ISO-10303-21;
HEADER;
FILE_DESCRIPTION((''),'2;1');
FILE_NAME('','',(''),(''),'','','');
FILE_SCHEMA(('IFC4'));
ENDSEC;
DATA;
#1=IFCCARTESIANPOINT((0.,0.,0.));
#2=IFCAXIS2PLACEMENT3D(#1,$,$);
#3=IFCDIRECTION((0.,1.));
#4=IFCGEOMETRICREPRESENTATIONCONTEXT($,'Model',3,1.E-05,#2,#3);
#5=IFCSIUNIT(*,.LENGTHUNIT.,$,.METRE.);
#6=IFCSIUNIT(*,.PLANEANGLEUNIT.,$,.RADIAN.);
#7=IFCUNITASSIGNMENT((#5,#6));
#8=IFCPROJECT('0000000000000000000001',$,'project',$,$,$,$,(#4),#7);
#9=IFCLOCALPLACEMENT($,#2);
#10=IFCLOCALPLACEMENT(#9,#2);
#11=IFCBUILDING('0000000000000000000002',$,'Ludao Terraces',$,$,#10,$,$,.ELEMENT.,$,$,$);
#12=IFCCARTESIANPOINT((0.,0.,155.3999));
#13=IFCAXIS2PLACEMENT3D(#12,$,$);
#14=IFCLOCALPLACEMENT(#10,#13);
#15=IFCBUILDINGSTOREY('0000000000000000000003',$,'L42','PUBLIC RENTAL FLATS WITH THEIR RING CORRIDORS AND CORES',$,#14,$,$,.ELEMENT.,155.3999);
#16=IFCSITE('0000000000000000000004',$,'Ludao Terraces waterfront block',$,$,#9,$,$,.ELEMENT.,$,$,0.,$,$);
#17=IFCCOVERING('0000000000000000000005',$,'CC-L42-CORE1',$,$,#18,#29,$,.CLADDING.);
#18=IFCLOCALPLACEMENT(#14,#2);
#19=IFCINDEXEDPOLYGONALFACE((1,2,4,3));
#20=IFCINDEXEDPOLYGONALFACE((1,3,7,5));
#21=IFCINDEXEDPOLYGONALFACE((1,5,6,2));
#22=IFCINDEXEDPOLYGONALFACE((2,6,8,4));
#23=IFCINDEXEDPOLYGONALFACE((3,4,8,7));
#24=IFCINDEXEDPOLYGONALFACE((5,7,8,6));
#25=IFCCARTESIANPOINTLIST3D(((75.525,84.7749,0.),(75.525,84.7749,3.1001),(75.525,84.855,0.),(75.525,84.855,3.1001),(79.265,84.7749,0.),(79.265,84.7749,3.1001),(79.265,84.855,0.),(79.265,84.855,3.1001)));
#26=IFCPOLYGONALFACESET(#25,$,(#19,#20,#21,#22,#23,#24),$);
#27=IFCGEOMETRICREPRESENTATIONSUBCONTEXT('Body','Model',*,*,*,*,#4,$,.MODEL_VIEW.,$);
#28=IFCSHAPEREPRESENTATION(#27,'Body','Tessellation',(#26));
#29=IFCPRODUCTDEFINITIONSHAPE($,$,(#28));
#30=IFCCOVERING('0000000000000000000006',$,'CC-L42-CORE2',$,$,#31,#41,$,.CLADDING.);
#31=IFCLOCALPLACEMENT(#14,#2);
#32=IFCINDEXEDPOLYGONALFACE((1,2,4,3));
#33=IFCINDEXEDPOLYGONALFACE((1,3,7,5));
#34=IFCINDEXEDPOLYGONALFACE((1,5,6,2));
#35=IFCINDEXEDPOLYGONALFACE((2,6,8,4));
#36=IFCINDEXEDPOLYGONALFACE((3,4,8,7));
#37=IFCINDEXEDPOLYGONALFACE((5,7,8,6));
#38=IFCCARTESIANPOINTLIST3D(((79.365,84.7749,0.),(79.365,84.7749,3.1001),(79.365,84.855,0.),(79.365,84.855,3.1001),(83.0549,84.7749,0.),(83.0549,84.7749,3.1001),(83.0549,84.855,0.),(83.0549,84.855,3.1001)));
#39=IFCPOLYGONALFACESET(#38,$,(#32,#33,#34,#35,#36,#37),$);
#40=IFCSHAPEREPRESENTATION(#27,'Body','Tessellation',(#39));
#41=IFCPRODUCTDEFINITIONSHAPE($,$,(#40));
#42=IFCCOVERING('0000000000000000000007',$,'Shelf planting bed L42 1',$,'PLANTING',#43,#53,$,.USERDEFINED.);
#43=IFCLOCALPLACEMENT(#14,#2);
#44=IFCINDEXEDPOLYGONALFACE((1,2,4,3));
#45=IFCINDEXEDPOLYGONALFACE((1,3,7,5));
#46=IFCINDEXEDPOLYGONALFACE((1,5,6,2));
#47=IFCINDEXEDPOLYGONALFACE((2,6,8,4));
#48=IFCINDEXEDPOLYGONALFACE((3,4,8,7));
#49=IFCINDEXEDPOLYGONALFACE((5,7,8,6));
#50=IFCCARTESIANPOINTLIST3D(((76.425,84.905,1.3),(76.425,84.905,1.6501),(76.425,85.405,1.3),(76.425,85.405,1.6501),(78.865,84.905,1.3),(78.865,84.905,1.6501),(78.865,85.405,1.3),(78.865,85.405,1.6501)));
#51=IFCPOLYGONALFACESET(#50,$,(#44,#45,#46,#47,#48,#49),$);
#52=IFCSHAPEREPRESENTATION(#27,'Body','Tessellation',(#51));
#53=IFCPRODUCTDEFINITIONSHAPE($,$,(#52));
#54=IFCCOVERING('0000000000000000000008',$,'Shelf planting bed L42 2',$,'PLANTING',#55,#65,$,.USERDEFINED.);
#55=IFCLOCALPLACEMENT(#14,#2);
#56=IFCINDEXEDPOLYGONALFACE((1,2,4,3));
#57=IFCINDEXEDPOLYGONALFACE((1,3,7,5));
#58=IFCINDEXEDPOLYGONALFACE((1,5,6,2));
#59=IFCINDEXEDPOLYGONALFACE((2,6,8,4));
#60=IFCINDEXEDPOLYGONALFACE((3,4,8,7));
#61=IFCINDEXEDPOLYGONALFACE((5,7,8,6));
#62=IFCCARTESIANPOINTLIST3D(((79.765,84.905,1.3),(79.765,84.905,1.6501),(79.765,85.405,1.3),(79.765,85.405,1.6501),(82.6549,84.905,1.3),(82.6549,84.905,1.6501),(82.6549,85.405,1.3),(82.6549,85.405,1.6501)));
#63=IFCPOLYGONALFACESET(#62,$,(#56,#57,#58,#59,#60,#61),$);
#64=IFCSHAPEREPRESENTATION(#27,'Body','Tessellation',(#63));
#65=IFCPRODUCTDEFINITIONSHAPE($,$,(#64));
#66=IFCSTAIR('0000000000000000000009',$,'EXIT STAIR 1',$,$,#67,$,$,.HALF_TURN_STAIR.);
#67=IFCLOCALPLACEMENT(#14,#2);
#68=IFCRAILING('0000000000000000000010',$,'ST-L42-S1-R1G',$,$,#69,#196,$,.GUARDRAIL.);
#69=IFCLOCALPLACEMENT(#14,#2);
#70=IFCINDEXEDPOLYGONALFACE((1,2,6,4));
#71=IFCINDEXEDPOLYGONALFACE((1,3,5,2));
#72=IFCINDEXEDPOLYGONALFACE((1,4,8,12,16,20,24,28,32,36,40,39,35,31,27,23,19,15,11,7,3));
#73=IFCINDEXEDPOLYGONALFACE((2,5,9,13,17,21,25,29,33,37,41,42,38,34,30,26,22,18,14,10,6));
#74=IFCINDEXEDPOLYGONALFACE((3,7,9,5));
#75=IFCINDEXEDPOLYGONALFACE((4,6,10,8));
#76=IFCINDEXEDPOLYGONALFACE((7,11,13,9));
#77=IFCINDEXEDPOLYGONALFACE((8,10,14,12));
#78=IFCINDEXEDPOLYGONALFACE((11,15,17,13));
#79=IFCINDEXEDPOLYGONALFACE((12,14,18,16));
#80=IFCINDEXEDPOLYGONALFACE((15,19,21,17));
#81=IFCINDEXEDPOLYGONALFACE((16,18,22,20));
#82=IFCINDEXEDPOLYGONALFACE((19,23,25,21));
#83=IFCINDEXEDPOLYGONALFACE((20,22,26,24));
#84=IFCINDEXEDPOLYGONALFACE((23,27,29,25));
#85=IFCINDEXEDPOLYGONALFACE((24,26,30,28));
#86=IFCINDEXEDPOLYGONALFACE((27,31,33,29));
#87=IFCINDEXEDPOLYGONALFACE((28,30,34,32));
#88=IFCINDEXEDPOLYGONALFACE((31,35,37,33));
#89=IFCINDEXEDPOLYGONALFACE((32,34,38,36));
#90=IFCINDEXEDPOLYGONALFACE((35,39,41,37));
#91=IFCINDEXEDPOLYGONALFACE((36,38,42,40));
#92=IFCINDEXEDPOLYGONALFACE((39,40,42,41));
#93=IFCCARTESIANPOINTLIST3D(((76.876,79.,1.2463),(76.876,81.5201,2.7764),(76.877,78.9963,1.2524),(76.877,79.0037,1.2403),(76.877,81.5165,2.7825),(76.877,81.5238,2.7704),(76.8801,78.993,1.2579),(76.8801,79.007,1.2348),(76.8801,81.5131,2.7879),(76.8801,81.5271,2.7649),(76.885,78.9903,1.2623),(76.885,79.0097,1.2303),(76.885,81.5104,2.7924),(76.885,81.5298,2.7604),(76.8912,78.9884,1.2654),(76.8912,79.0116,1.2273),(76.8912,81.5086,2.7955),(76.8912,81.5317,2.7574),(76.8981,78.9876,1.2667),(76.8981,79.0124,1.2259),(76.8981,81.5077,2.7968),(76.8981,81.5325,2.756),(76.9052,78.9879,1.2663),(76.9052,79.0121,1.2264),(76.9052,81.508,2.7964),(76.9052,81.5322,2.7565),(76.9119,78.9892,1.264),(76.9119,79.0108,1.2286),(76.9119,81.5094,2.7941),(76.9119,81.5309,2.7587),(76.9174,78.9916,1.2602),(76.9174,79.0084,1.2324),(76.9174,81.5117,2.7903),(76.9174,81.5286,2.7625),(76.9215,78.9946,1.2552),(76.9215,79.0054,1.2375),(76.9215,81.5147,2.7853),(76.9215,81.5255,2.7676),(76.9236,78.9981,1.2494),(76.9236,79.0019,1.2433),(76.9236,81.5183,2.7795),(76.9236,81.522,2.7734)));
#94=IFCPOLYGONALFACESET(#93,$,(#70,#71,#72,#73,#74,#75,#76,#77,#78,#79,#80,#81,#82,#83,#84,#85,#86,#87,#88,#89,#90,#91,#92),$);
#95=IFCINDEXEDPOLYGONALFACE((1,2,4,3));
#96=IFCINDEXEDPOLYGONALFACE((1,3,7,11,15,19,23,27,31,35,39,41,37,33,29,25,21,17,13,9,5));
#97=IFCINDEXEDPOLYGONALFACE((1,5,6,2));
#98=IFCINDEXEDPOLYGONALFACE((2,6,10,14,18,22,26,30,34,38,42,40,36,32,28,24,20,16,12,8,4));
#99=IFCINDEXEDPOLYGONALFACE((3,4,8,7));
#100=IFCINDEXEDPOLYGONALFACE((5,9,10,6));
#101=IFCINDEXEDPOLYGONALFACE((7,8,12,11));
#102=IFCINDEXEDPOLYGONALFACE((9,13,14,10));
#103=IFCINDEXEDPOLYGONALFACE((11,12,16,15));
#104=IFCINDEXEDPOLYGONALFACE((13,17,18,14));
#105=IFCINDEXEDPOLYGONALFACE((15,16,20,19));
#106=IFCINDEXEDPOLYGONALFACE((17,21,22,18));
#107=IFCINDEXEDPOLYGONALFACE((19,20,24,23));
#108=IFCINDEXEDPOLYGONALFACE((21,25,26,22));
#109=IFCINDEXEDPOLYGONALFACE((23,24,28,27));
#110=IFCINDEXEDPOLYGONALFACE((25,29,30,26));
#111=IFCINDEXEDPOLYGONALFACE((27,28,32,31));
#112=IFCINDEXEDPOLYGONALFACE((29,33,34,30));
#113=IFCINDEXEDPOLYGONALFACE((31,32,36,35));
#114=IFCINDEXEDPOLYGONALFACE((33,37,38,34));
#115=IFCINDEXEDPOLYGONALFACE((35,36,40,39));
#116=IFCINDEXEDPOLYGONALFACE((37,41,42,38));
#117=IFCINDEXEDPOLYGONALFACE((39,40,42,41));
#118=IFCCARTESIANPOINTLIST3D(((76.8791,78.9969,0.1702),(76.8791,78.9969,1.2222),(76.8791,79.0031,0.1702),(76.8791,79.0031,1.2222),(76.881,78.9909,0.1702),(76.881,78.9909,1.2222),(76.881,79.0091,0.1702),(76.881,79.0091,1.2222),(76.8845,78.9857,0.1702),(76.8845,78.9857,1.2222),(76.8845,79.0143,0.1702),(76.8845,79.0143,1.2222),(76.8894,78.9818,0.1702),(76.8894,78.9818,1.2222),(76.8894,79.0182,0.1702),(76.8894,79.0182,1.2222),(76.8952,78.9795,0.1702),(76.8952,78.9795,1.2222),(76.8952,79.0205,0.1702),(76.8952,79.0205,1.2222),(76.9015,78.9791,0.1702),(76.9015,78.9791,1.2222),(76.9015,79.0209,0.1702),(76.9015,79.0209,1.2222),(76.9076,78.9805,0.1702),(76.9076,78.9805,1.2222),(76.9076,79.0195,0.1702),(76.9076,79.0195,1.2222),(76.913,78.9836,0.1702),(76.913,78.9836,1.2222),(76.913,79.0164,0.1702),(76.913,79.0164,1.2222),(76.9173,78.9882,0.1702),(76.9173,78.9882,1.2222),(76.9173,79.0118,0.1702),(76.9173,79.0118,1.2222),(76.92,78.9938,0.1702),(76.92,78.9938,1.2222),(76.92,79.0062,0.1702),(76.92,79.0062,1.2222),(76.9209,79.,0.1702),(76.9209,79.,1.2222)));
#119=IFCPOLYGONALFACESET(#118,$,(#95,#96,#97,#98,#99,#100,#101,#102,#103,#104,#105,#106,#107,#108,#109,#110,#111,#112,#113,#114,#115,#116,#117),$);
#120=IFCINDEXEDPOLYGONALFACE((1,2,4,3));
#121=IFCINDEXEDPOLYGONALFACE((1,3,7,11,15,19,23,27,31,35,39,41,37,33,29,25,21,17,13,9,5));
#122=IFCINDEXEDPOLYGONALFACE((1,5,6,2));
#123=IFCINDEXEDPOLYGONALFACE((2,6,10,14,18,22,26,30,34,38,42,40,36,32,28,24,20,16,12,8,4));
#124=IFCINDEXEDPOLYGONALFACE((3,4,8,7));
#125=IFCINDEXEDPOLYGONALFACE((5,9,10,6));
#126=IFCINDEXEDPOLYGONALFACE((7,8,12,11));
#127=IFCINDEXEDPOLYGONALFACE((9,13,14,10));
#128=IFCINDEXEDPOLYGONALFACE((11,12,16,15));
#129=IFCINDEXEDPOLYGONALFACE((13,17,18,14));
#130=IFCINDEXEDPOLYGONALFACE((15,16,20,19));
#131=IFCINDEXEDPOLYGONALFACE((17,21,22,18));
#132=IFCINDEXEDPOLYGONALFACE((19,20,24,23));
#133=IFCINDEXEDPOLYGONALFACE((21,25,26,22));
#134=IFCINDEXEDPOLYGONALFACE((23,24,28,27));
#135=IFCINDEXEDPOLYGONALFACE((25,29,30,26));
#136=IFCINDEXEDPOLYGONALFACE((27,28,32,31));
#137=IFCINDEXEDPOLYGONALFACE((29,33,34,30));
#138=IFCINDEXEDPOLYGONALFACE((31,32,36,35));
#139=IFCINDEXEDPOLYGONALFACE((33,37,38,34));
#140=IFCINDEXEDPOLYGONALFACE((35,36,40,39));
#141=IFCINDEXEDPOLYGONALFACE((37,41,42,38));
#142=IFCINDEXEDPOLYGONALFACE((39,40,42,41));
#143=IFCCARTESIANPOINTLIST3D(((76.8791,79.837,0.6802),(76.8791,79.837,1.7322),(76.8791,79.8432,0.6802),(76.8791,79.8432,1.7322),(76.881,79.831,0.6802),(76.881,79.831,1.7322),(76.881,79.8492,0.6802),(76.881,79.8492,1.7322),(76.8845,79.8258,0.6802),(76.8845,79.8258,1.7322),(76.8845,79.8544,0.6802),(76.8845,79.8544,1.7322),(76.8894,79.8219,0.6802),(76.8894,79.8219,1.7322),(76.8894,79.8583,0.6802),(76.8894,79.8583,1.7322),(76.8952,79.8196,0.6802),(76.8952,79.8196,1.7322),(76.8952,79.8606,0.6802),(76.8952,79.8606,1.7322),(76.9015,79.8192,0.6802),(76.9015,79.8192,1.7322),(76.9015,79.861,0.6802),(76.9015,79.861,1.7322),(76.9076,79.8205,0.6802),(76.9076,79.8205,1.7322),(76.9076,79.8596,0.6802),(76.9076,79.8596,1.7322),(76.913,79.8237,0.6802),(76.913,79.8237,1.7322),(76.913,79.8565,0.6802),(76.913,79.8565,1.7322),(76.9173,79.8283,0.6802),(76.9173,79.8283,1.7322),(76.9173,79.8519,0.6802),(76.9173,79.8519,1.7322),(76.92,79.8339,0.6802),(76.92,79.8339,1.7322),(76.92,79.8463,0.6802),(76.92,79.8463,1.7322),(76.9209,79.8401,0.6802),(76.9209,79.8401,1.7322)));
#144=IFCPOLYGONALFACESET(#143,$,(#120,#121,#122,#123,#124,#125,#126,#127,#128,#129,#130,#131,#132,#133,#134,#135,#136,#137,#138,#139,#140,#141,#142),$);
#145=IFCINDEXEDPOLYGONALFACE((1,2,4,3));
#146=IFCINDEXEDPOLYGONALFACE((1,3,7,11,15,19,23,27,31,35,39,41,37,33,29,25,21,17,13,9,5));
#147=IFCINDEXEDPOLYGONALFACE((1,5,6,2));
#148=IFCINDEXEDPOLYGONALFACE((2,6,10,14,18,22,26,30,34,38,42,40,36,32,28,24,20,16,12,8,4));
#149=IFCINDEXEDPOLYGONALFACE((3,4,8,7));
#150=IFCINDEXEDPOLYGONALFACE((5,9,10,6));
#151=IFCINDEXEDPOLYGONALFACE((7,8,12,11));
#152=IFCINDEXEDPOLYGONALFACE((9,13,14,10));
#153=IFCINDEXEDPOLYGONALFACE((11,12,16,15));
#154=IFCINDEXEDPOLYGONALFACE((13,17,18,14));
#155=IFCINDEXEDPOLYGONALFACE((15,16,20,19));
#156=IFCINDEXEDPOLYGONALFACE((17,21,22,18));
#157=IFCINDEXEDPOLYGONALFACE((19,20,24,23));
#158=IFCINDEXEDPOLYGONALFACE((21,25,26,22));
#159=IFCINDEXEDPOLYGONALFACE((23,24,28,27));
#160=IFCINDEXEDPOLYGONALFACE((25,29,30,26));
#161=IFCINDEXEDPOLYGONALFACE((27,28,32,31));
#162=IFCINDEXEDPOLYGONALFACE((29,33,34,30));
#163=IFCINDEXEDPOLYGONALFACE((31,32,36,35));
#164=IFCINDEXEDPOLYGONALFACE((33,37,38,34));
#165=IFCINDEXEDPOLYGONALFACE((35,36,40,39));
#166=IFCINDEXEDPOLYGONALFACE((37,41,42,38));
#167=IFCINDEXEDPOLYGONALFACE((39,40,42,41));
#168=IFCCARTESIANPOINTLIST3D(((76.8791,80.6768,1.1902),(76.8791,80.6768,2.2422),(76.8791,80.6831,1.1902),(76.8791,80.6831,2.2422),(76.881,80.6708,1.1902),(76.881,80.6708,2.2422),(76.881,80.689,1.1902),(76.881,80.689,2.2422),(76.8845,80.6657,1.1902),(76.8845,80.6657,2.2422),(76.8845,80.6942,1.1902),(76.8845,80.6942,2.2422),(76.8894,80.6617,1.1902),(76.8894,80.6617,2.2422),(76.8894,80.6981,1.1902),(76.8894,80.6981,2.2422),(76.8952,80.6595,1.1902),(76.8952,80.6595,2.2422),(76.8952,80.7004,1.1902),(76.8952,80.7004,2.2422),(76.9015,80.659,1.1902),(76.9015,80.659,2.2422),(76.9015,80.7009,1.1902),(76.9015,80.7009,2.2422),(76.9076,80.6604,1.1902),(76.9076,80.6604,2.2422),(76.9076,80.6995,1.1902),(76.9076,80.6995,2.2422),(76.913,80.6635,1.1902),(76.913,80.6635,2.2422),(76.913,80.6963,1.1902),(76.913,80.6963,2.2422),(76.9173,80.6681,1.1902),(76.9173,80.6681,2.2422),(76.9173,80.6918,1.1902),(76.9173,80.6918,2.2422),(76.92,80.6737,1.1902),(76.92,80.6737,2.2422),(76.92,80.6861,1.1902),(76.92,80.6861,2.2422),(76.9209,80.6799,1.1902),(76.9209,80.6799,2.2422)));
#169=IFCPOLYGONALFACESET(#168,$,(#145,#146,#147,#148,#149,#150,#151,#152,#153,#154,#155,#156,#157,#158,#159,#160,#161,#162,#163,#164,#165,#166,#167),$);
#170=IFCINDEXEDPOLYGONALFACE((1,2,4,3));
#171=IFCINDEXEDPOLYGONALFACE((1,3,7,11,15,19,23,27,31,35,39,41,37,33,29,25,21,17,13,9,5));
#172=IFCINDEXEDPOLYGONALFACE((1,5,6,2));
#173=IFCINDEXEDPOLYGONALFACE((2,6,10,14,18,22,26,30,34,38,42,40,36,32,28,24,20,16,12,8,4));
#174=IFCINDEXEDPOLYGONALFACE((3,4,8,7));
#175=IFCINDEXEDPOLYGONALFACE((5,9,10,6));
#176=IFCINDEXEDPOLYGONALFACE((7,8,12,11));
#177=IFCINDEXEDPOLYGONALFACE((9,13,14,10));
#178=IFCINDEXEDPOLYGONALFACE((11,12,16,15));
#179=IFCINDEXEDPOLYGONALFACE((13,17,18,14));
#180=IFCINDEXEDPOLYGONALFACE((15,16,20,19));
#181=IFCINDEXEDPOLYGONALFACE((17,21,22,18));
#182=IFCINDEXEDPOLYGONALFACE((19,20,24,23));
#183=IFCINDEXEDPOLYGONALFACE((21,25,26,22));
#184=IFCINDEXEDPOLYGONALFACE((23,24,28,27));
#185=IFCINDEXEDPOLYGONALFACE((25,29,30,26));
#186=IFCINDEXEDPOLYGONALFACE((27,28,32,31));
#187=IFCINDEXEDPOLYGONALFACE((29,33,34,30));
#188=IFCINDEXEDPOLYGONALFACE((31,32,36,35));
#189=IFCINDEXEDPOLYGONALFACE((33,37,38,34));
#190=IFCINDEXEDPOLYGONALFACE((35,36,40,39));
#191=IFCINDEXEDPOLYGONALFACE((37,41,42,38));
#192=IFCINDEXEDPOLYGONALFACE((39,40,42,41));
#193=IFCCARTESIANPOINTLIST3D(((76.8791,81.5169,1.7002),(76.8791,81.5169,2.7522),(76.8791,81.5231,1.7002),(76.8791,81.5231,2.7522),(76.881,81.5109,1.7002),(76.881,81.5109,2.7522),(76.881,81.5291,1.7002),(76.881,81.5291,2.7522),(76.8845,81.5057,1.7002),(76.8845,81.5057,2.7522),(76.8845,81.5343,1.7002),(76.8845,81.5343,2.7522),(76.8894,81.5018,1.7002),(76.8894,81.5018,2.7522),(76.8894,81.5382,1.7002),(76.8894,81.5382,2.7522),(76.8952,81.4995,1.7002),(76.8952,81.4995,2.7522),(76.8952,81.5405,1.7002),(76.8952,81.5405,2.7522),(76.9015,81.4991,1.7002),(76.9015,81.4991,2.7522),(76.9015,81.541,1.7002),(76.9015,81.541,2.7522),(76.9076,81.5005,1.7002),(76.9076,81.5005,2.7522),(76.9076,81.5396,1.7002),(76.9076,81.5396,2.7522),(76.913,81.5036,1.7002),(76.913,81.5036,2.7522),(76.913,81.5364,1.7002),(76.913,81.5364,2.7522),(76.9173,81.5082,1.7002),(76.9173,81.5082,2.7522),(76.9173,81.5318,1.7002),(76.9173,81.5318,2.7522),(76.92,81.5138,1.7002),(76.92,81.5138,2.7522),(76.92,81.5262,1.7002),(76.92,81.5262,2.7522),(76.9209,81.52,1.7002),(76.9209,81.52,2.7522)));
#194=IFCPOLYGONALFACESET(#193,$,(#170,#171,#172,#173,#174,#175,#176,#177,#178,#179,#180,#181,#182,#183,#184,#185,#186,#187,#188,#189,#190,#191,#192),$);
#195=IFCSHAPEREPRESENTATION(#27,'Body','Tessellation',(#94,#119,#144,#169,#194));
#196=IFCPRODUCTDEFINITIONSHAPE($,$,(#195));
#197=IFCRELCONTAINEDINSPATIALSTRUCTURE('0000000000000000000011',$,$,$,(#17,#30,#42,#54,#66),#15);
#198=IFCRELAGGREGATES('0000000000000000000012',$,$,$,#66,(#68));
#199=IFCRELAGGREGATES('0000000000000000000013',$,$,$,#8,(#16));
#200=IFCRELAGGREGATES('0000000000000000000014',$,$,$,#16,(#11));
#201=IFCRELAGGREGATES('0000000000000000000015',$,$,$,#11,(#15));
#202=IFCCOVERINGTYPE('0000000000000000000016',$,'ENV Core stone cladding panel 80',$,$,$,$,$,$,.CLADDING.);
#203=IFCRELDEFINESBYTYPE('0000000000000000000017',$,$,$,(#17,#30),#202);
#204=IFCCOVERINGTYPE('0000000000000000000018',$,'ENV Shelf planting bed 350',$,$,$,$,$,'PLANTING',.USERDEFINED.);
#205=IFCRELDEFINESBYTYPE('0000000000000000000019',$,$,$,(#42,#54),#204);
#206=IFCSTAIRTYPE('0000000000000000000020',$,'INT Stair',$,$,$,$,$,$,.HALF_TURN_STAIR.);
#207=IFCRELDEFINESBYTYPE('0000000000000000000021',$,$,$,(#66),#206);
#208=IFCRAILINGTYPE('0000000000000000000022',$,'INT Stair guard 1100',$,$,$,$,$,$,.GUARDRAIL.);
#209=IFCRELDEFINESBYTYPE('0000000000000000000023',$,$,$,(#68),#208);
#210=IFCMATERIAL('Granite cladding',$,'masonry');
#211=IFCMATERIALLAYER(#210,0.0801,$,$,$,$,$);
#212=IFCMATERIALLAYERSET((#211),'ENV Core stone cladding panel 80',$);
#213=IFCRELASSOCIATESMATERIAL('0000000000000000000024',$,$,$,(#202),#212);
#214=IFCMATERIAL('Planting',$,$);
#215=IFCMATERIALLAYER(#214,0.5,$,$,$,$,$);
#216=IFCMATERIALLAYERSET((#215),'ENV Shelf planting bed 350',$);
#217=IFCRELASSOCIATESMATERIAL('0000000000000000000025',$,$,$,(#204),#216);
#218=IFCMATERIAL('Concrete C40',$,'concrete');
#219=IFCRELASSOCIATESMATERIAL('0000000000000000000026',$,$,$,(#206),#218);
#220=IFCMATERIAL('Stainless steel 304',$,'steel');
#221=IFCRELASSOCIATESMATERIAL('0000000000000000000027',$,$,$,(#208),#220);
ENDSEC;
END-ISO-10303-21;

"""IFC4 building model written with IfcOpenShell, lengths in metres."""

from ifc_helpers import new_model, si_unit, direction, frame, origin, origin_2d, place, context, subcontext, project, spatial, rectangle, circle, extrude, material, layer, layer_set, type_object, element, aggregate, save


model = new_model("IFC4")

# Units and contexts
model_context = context("Model", 3, precision=1e-05, world=origin(), true_north=direction((0.0, 1.0)))
body_context = subcontext(model_context, "Body", "Model", "MODEL_VIEW")
ifc_project = project(units=[si_unit("LENGTHUNIT", "METRE"), si_unit("PLANEANGLEUNIT", "RADIAN")], contexts=[model_context])

# Site, building, storey
site_placement = place(None, origin())
site = spatial("IfcSite", under=ifc_project, at=site_placement, Name="Ludao Terraces waterfront block", CompositionType="ELEMENT", RefElevation=0.0)
building_placement = place(site_placement, origin())
building = spatial("IfcBuilding", under=site, at=building_placement, Name="Ludao Terraces", CompositionType="ELEMENT")
storey_placement = place(building_placement, frame((0.0, 0.0, 155.3999)))
storey = spatial("IfcBuildingStorey", under=building, at=storey_placement, Name="L42", Description="PUBLIC RENTAL FLATS WITH THEIR RING CORRIDORS AND CORES", CompositionType="ELEMENT", Elevation=155.3999)

# Shared definitions
ifc_material_1 = material(Name="Stainless steel 304", Category="steel")

# Coverings
ifc_material_2 = material(Name="Granite cladding", Category="masonry")
ifc_layer_1 = layer(ifc_material_2, 0.0801)
ifc_layer_set_1 = layer_set([ifc_layer_1], Name="ENV Core stone cladding panel 80")
covering_type_1 = type_object("IfcCoveringType", Name="ENV Core stone cladding panel 80", PredefinedType="CLADDING", material=ifc_layer_set_1)
covering_1_placement = place(storey_placement, frame((77.395, 84.8149, 0.0), z_axis=(0.0, 0.0, 1.0), x_axis=(1.0, 0.0, 0.0)))
element("IfcCovering", 1, at=covering_1_placement, inside=storey, type_object=covering_type_1, Name="CC-L42-CORE1", PredefinedType="CLADDING", context=body_context, shape_type="SweptSolid", body=[
    extrude(rectangle(XDim=3.74, YDim=0.0801, at=origin_2d()), origin(), (0.0, 0.0, 1.0), 3.1001),
])
covering_2_placement = place(storey_placement, frame((81.21, 84.8149, 0.0), z_axis=(0.0, 0.0, 1.0), x_axis=(1.0, 0.0, 0.0)))
element("IfcCovering", 2, at=covering_2_placement, inside=storey, type_object=covering_type_1, Name="CC-L42-CORE2", PredefinedType="CLADDING", context=body_context, shape_type="SweptSolid", body=[
    extrude(rectangle(XDim=3.6899, YDim=0.0801, at=origin_2d()), origin(), (0.0, 0.0, 1.0), 3.1001),
])
ifc_material_3 = material(Name="Planting")
ifc_layer_2 = layer(ifc_material_3, 0.5)
ifc_layer_set_2 = layer_set([ifc_layer_2], Name="ENV Shelf planting bed 350")
covering_type_2 = type_object("IfcCoveringType", Name="ENV Shelf planting bed 350", ElementType="PLANTING", PredefinedType="USERDEFINED", material=ifc_layer_set_2)
covering_3_placement = place(storey_placement, frame((77.645, 85.155, 1.3), z_axis=(0.0, 0.0, 1.0), x_axis=(1.0, 0.0, 0.0)))
element("IfcCovering", 3, at=covering_3_placement, inside=storey, type_object=covering_type_2, Name="Shelf planting bed L42 1", ObjectType="PLANTING", PredefinedType="USERDEFINED", context=body_context, shape_type="SweptSolid", body=[
    extrude(rectangle(XDim=2.4399, YDim=0.5, at=origin_2d()), origin(), (0.0, 0.0, 1.0), 0.3501),
])
covering_4_placement = place(storey_placement, frame((81.21, 85.155, 1.3), z_axis=(0.0, 0.0, 1.0), x_axis=(1.0, 0.0, 0.0)))
element("IfcCovering", 4, at=covering_4_placement, inside=storey, type_object=covering_type_2, Name="Shelf planting bed L42 2", ObjectType="PLANTING", PredefinedType="USERDEFINED", context=body_context, shape_type="SweptSolid", body=[
    extrude(rectangle(XDim=2.8899, YDim=0.5, at=origin_2d()), origin(), (0.0, 0.0, 1.0), 0.3501),
])

# Stair, railing
ifc_material_4 = material(Name="Concrete C40", Category="concrete")
stair_type = type_object("IfcStairType", Name="INT Stair", PredefinedType="HALF_TURN_STAIR", material=ifc_material_4)
stair_placement = place(storey_placement, origin())
stair = element("IfcStair", 5, at=stair_placement, inside=storey, type_object=stair_type, Name="EXIT STAIR 1", PredefinedType="HALF_TURN_STAIR")
railing_type_1 = type_object("IfcRailingType", Name="INT Stair guard 1100", PredefinedType="GUARDRAIL", material=ifc_material_1)
railing_1_placement = place(storey_placement, frame((76.8999, 79.0, 0.1702)))
railing_1 = element("IfcRailing", 6, at=railing_1_placement, type_object=railing_type_1, Name="ST-L42-S1-R1G", PredefinedType="GUARDRAIL", context=body_context, shape_type="SweptSolid", body=[
    extrude(circle(Radius=0.0239, at=origin_2d()), frame((0.0, 0.0, 1.0762), z_axis=(0.0, 0.854785, 0.518982), x_axis=(-1.0, 0.0, 0.0)), (0.0, 0.0, 1.0), 2.9482),
    extrude(circle(Radius=0.021, at=origin_2d()), origin(), (0.0, 0.0, 1.0), 1.052),
    extrude(circle(Radius=0.021, at=origin_2d()), frame((0.0, 0.8401, 0.51)), (0.0, 0.0, 1.0), 1.052),
    extrude(circle(Radius=0.021, at=origin_2d()), frame((0.0, 1.6799, 1.02)), (0.0, 0.0, 1.0), 1.052),
    extrude(circle(Radius=0.021, at=origin_2d()), frame((0.0, 2.52, 1.53)), (0.0, 0.0, 1.0), 1.052),
])
aggregate(stair, [railing_1])

save(model, "model.ifc")
